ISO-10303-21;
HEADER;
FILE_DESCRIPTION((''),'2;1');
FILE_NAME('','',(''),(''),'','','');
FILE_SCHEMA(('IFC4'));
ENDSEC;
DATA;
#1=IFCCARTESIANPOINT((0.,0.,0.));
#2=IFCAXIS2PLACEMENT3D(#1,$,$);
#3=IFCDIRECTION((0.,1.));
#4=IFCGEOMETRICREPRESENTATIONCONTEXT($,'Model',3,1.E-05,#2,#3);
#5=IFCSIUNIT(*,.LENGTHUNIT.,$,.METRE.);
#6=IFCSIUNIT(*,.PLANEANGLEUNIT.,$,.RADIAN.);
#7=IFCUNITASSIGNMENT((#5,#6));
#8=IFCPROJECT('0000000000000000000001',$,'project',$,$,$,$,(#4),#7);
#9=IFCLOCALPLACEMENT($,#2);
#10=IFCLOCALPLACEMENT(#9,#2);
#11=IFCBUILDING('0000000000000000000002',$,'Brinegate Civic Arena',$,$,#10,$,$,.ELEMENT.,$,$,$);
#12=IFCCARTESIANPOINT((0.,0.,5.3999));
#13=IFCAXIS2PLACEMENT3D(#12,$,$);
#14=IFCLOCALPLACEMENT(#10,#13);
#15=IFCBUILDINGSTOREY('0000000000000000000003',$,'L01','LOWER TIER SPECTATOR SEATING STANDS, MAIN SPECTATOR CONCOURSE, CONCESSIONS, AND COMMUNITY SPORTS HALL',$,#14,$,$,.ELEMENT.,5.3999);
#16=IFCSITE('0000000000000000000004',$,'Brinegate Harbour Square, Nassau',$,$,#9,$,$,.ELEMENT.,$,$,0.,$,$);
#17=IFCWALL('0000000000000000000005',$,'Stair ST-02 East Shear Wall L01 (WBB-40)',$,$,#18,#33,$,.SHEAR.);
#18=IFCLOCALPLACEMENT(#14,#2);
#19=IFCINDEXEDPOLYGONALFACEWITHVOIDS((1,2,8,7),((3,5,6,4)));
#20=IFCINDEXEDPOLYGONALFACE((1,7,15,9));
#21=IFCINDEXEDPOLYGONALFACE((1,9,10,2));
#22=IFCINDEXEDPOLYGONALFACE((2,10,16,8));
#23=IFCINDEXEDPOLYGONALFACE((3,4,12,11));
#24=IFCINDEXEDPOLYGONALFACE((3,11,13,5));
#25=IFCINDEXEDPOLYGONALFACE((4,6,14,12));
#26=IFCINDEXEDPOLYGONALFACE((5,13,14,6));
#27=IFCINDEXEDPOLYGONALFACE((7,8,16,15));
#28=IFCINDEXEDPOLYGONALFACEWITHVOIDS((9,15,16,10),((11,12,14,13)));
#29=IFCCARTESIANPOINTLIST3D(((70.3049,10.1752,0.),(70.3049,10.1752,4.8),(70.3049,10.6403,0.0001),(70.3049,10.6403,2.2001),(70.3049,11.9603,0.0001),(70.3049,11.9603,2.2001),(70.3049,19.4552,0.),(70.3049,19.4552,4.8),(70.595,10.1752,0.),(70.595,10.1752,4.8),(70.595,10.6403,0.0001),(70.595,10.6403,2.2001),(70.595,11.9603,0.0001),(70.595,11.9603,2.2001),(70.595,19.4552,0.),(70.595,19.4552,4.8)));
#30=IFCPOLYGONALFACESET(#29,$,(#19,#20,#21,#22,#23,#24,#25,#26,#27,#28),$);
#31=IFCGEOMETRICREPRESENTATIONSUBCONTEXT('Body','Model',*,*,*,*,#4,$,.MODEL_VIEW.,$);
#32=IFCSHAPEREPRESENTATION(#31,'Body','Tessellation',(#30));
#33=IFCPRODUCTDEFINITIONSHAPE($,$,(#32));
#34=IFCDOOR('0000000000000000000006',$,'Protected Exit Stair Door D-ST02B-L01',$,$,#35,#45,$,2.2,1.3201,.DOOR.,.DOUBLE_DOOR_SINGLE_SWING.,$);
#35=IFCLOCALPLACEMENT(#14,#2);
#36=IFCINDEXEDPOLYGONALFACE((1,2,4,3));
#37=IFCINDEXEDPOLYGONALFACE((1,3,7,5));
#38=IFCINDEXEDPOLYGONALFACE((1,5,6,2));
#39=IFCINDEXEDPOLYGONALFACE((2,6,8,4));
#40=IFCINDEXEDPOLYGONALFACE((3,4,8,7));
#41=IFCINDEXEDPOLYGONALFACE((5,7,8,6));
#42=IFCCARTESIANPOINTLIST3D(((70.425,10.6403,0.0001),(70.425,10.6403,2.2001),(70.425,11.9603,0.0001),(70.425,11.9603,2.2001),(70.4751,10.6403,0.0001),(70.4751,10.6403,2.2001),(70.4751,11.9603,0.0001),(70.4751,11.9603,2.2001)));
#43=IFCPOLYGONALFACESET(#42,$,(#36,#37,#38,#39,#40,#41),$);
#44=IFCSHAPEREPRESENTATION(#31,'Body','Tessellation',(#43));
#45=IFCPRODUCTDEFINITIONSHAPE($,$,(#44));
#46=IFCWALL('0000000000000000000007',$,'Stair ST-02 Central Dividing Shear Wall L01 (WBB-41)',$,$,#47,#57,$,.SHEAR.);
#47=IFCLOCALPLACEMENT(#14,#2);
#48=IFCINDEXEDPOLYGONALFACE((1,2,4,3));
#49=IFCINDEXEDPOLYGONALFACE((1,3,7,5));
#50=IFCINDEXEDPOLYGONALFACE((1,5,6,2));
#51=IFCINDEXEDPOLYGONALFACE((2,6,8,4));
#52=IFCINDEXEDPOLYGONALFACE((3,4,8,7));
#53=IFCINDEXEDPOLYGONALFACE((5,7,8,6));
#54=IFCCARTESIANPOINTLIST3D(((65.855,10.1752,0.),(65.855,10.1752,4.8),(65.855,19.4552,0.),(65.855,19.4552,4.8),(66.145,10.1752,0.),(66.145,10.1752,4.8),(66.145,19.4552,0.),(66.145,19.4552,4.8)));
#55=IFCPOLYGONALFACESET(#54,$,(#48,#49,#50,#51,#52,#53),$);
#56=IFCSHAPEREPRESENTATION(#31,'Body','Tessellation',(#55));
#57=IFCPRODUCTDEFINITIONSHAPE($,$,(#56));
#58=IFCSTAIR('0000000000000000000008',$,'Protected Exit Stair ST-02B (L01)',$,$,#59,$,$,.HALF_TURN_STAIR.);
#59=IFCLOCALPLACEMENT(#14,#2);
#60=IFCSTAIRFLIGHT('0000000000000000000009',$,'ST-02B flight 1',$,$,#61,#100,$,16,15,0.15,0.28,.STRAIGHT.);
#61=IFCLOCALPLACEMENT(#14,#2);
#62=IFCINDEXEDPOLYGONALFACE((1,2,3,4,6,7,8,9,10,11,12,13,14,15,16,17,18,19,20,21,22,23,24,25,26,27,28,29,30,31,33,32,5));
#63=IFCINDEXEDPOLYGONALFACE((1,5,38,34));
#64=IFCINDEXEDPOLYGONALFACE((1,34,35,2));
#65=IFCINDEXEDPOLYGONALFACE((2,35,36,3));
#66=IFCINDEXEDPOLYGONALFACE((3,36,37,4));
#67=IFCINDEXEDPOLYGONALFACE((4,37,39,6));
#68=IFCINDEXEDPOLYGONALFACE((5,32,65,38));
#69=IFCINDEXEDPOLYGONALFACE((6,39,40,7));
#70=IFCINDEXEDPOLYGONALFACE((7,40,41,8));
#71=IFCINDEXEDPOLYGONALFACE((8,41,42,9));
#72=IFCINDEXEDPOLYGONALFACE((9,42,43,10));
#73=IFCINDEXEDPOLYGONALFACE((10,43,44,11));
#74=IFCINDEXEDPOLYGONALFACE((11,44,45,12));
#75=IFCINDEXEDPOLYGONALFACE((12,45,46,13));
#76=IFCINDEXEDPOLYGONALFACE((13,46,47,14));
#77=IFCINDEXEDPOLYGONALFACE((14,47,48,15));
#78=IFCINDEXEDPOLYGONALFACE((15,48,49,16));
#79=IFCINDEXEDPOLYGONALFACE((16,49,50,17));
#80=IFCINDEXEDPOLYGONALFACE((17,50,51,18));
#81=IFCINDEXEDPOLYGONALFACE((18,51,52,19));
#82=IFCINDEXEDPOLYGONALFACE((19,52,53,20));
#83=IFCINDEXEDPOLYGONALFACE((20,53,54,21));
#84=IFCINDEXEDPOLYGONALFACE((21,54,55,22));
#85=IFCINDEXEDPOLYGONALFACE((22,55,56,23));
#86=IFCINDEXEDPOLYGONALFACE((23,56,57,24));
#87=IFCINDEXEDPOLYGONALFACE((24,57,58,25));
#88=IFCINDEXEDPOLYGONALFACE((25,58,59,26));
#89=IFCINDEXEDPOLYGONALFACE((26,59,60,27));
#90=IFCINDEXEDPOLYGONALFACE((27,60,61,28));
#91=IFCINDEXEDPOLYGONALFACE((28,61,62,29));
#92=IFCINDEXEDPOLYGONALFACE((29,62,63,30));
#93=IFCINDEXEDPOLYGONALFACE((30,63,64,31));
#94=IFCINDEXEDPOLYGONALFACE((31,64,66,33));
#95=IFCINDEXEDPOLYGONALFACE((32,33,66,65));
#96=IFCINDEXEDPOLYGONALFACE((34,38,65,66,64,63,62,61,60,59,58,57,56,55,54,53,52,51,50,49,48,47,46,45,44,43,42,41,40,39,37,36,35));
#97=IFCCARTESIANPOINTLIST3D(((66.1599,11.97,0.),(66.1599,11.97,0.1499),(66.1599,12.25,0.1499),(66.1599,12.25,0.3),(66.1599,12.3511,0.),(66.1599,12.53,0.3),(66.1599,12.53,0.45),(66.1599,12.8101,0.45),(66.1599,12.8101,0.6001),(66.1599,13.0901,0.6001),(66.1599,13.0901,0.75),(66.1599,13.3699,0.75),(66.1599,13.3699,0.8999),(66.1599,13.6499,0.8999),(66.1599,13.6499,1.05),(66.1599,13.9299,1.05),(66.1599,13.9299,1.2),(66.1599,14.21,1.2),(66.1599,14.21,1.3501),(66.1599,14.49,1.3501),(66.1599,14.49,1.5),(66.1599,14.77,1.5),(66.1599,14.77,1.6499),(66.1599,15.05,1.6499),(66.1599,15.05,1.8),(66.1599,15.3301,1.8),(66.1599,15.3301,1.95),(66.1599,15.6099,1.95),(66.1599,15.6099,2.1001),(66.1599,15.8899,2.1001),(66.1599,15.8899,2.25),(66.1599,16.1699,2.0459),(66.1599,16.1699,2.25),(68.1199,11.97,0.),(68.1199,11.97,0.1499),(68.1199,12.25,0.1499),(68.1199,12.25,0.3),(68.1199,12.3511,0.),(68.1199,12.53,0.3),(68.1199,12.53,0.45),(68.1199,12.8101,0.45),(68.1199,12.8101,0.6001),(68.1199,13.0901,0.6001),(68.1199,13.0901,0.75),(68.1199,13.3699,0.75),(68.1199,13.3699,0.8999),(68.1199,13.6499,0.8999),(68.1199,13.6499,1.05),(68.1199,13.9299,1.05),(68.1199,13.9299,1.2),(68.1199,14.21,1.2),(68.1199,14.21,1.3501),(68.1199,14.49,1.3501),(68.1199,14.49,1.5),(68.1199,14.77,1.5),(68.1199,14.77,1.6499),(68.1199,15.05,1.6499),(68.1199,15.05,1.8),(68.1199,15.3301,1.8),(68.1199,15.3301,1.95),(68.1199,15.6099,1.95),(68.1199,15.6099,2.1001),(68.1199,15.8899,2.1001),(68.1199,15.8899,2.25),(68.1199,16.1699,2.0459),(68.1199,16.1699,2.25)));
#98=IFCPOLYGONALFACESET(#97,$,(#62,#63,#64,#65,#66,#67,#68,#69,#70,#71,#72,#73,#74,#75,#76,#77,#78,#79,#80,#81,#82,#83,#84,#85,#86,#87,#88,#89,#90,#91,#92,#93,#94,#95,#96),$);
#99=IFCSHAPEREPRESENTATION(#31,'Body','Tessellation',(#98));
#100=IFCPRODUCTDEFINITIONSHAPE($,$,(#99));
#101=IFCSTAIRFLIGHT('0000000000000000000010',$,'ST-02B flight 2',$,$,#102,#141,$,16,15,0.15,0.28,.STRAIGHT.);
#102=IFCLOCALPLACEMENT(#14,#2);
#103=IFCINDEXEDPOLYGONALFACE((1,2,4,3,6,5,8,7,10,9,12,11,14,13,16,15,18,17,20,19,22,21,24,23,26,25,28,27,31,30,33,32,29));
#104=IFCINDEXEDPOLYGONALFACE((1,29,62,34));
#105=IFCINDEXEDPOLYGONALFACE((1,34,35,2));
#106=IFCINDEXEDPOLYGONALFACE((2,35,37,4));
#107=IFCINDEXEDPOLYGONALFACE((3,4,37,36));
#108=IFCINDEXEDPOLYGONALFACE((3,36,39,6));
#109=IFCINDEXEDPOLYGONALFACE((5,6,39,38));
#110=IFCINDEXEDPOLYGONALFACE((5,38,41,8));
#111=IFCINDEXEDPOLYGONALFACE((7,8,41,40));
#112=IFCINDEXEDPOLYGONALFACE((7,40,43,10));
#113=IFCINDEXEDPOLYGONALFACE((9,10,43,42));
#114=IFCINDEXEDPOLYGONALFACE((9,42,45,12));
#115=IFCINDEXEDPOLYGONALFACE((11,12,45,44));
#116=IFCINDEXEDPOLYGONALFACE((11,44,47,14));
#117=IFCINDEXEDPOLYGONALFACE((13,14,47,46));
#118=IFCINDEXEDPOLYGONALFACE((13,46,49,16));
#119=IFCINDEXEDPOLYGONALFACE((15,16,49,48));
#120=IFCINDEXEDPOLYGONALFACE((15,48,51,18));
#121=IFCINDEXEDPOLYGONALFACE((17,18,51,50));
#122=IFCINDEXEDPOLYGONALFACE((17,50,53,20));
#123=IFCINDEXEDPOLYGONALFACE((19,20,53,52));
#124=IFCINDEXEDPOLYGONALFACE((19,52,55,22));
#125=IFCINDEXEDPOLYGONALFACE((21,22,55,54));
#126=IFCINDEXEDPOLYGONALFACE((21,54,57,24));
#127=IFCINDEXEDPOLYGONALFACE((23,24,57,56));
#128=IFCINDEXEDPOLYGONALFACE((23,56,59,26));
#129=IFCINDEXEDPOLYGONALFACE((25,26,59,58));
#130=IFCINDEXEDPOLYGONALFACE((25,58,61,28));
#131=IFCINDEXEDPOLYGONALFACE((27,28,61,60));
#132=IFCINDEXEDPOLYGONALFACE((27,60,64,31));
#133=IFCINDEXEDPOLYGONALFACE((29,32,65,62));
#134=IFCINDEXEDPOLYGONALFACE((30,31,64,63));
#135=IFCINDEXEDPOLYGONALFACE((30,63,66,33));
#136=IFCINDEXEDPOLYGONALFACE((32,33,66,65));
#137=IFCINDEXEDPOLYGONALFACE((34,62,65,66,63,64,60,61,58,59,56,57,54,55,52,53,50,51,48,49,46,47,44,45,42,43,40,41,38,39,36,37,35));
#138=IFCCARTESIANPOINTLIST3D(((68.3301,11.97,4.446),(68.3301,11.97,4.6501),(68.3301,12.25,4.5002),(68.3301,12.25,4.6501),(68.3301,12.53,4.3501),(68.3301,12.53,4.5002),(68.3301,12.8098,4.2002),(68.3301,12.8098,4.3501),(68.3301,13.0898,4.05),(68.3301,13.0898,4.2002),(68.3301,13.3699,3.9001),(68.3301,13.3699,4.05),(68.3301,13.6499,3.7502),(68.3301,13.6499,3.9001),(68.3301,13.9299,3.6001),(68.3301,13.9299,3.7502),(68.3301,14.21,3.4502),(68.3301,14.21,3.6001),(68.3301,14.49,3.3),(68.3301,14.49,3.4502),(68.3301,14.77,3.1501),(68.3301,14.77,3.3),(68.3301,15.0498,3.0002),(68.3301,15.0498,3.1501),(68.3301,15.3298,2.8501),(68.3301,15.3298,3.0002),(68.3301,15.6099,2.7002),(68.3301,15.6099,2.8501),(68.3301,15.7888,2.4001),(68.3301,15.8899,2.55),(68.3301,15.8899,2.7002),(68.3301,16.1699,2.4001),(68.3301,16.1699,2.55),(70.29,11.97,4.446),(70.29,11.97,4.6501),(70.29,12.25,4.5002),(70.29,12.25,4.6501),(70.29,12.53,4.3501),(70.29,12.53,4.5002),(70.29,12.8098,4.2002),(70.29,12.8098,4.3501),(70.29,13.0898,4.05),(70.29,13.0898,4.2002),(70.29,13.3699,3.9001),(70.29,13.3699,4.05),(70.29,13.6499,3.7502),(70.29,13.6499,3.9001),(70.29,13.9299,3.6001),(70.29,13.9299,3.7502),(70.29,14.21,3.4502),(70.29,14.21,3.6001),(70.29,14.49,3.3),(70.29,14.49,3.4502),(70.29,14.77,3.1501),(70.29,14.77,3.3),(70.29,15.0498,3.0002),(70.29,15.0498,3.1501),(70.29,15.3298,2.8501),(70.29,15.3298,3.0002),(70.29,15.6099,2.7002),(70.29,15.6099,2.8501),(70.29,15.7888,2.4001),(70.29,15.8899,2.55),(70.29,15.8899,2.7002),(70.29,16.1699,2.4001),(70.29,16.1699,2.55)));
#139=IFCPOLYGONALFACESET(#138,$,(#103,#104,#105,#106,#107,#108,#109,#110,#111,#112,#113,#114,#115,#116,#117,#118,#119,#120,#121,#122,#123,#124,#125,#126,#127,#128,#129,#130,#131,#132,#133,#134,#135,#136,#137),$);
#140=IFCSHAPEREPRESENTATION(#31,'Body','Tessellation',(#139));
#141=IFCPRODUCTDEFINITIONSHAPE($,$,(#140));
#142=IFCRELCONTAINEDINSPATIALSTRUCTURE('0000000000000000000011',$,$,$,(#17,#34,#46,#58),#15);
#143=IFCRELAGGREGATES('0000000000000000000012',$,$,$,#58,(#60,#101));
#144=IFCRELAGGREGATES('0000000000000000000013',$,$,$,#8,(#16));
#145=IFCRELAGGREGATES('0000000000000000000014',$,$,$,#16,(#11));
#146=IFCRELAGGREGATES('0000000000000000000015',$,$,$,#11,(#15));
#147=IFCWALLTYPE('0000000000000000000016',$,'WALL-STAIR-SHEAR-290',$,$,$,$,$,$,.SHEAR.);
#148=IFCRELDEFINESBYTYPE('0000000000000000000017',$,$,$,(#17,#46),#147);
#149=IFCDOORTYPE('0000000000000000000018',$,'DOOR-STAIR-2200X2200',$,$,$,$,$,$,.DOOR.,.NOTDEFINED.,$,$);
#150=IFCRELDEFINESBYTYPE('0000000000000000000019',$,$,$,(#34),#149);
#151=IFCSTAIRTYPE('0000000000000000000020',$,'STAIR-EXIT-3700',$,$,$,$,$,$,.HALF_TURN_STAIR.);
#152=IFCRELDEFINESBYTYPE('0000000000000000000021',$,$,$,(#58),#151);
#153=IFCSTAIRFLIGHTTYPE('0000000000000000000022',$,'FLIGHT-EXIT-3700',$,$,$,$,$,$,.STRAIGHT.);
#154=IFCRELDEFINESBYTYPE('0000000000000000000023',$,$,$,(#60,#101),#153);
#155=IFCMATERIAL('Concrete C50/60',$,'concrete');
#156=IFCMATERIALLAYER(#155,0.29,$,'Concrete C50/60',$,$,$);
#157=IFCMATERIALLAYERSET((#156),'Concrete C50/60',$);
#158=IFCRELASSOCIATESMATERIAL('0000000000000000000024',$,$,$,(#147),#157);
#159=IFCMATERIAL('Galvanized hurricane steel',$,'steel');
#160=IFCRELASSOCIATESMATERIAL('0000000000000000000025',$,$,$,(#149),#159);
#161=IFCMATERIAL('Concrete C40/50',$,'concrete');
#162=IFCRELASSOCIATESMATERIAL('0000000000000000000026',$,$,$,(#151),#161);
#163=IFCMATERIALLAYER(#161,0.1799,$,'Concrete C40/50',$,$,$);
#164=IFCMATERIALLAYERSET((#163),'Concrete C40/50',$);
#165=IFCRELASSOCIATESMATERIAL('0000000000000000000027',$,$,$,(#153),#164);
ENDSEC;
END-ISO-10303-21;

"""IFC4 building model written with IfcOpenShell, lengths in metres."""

from ifc_helpers import new_model, si_unit, direction, frame, frame_2d, origin, place, context, subcontext, project, spatial, polyline, rectangle, outline, extrude, material, layer, layer_set, type_object, element, fill, aggregate, save


model = new_model("IFC4")

# Units and contexts
model_context = context("Model", 3, precision=1e-05, world=origin(), true_north=direction((0.0, 1.0)))
body_context = subcontext(model_context, "Body", "Model", "MODEL_VIEW")
ifc_project = project(units=[si_unit("LENGTHUNIT", "METRE"), si_unit("PLANEANGLEUNIT", "RADIAN")], contexts=[model_context])

# Site, building, storey
site_placement = place(None, origin())
site = spatial("IfcSite", under=ifc_project, at=site_placement, Name="Brinegate Harbour Square, Nassau", CompositionType="ELEMENT", RefElevation=0.0)
building_placement = place(site_placement, origin())
building = spatial("IfcBuilding", under=site, at=building_placement, Name="Brinegate Civic Arena", CompositionType="ELEMENT")
storey_placement = place(building_placement, frame((0.0, 0.0, 5.3999)))
storey = spatial("IfcBuildingStorey", under=building, at=storey_placement, Name="L01", Description="LOWER TIER SPECTATOR SEATING STANDS, MAIN SPECTATOR CONCOURSE, CONCESSIONS, AND COMMUNITY SPORTS HALL", CompositionType="ELEMENT", Elevation=5.3999)

# Shared definitions
ifc_material_1 = material(Name="Concrete C50/60", Category="concrete")

# Shared definitions
ifc_layer_1 = layer(ifc_material_1, 0.29, Name="Concrete C50/60")
ifc_layer_set_1 = layer_set([ifc_layer_1], Name="Concrete C50/60")
wall_type_1 = type_object("IfcWallType", Name="WALL-STAIR-SHEAR-290", PredefinedType="SHEAR", material=ifc_layer_set_1)

# Wall, opening, door
ifc_material_2 = material(Name="Galvanized hurricane steel", Category="steel")
wall_1_placement = place(storey_placement, frame((70.45, 10.175, 0.0), z_axis=(0.0, 0.0, 1.0), x_axis=(0.0, 1.0, 0.0)))
wall_1 = element("IfcWall", 1, at=wall_1_placement, inside=storey, type_object=wall_type_1, Name="Stair ST-02 East Shear Wall L01 (WBB-40)", PredefinedType="SHEAR", context=body_context, shape_type="SweptSolid", body=[
    extrude(rectangle(XDim=9.28, YDim=0.29, at=frame_2d((4.6401, 0.0))), origin(), (0.0, 0.0, 1.0), 4.8),
])
opening_1_placement = place(wall_1_placement, frame((0.4651, 0.0, 0.0)))
opening_1 = element("IfcOpeningElement", 2, at=opening_1_placement, cuts=wall_1, PredefinedType="OPENING", context=body_context, shape_type="SweptSolid", body=[
    extrude(rectangle(XDim=1.3201, YDim=2.2, at=frame_2d((0.6602, 1.1001))), frame((0.0, 0.155, 0.0), z_axis=(0.0, -1.0, 0.0), x_axis=(1.0, 0.0, 0.0)), (0.0, 0.0, 1.0), 0.3101),
])
door_type_1 = type_object("IfcDoorType", Name="DOOR-STAIR-2200X2200", OperationType="NOTDEFINED", PredefinedType="DOOR", material=ifc_material_2)
door_1_placement = place(opening_1_placement, origin())
door_1 = element("IfcDoor", 3, at=door_1_placement, inside=storey, type_object=door_type_1, Name="Protected Exit Stair Door D-ST02B-L01", OperationType="DOUBLE_DOOR_SINGLE_SWING", OverallHeight=2.2, OverallWidth=1.3201, PredefinedType="DOOR", context=body_context, shape_type="SweptSolid", body=[
    extrude(rectangle(XDim=1.3201, YDim=2.2, at=frame_2d((0.6602, 1.1001))), frame((0.0, 0.0249, 0.0), z_axis=(0.0, -1.0, 0.0), x_axis=(1.0, 0.0, 0.0)), (0.0, 0.0, 1.0), 0.05),
])
fill(opening_1, door_1)

# Wall
wall_2_placement = place(storey_placement, frame((66.0, 10.175, 0.0), z_axis=(0.0, 0.0, 1.0), x_axis=(0.0, 1.0, 0.0)))
element("IfcWall", 4, at=wall_2_placement, inside=storey, type_object=wall_type_1, Name="Stair ST-02 Central Dividing Shear Wall L01 (WBB-41)", PredefinedType="SHEAR", context=body_context, shape_type="SweptSolid", body=[
    extrude(rectangle(XDim=9.28, YDim=0.29, at=frame_2d((4.6401, 0.0))), origin(), (0.0, 0.0, 1.0), 4.8),
])

# Stair, stair flights
ifc_material_3 = material(Name="Concrete C40/50", Category="concrete")
stair_type_1 = type_object("IfcStairType", Name="STAIR-EXIT-3700", PredefinedType="HALF_TURN_STAIR", material=ifc_material_3)
stair_1_placement = place(storey_placement, origin())
stair_1 = element("IfcStair", 5, at=stair_1_placement, inside=storey, type_object=stair_type_1, Name="Protected Exit Stair ST-02B (L01)", PredefinedType="HALF_TURN_STAIR")
ifc_layer_2 = layer(ifc_material_3, 0.1799, Name="Concrete C40/50")
ifc_layer_set_2 = layer_set([ifc_layer_2], Name="Concrete C40/50")
stair_flight_type_1 = type_object("IfcStairFlightType", Name="FLIGHT-EXIT-3700", PredefinedType="STRAIGHT", material=ifc_layer_set_2)
stair_flight_1_placement = place(storey_placement, frame((67.1399, 11.97, 0.0), z_axis=(0.0, 0.0, 1.0), x_axis=(0.0, 1.0, 0.0)))
stair_flight_1 = element("IfcStairFlight", 6, at=stair_flight_1_placement, type_object=stair_flight_type_1, Name="ST-02B flight 1", NumberOfRisers=16, NumberOfTreads=15, PredefinedType="STRAIGHT", RiserHeight=0.15, TreadLength=0.28, context=body_context, shape_type="SweptSolid", body=[
    extrude(outline(polyline([(0.0, 0.0), (0.0, 0.1499), (0.28, 0.1499), (0.28, 0.3), (0.5601, 0.3), (0.5601, 0.45), (0.8401, 0.45), (0.8401, 0.6001), (1.1201, 0.6001), (1.1201, 0.75), (1.3999, 0.75), (1.3999, 0.8999), (1.6799, 0.8999), (1.6799, 1.05), (1.96, 1.05), (1.96, 1.2), (2.24, 1.2), (2.24, 1.3501), (2.52, 1.3501), (2.52, 1.5), (2.8, 1.5), (2.8, 1.6499), (3.0801, 1.6499), (3.0801, 1.8), (3.3601, 1.8), (3.3601, 1.95), (3.6399, 1.95), (3.6399, 2.1001), (3.9199, 2.1001), (3.9199, 2.25), (4.2, 2.25), (4.2, 2.3999), (4.2, 2.0459), (0.3811, 0.0), (0.0, 0.0)])), frame((0.0, 0.98, 0.0), z_axis=(0.0, -1.0, 0.0), x_axis=(1.0, 0.0, 0.0)), (0.0, 0.0, 1.0), 1.96),
])
stair_flight_2_placement = place(storey_placement, frame((69.3101, 16.1699, 2.4001), z_axis=(0.0, 0.0, 1.0), x_axis=(0.0, -1.0, 0.0)))
stair_flight_2 = element("IfcStairFlight", 7, at=stair_flight_2_placement, type_object=stair_flight_type_1, Name="ST-02B flight 2", NumberOfRisers=16, NumberOfTreads=15, PredefinedType="STRAIGHT", RiserHeight=0.15, TreadLength=0.28, context=body_context, shape_type="SweptSolid", body=[
    extrude(outline(polyline([(0.0, 0.0), (0.0, 0.1499), (0.28, 0.1499), (0.28, 0.3), (0.5601, 0.3), (0.5601, 0.45), (0.8401, 0.45), (0.8401, 0.6001), (1.1201, 0.6001), (1.1201, 0.75), (1.3999, 0.75), (1.3999, 0.8999), (1.6799, 0.8999), (1.6799, 1.05), (1.96, 1.05), (1.96, 1.2), (2.24, 1.2), (2.24, 1.3501), (2.52, 1.3501), (2.52, 1.5), (2.8, 1.5), (2.8, 1.6499), (3.0801, 1.6499), (3.0801, 1.8), (3.3601, 1.8), (3.3601, 1.95), (3.6399, 1.95), (3.6399, 2.1001), (3.9199, 2.1001), (3.9199, 2.25), (4.2, 2.25), (4.2, 2.3999), (4.2, 2.0459), (0.3811, 0.0), (0.0, 0.0)])), frame((0.0, 0.98, 0.0), z_axis=(0.0, -1.0, 0.0), x_axis=(1.0, 0.0, 0.0)), (0.0, 0.0, 1.0), 1.96),
])
aggregate(stair_1, [stair_flight_1, stair_flight_2])

save(model, "model.ifc")
